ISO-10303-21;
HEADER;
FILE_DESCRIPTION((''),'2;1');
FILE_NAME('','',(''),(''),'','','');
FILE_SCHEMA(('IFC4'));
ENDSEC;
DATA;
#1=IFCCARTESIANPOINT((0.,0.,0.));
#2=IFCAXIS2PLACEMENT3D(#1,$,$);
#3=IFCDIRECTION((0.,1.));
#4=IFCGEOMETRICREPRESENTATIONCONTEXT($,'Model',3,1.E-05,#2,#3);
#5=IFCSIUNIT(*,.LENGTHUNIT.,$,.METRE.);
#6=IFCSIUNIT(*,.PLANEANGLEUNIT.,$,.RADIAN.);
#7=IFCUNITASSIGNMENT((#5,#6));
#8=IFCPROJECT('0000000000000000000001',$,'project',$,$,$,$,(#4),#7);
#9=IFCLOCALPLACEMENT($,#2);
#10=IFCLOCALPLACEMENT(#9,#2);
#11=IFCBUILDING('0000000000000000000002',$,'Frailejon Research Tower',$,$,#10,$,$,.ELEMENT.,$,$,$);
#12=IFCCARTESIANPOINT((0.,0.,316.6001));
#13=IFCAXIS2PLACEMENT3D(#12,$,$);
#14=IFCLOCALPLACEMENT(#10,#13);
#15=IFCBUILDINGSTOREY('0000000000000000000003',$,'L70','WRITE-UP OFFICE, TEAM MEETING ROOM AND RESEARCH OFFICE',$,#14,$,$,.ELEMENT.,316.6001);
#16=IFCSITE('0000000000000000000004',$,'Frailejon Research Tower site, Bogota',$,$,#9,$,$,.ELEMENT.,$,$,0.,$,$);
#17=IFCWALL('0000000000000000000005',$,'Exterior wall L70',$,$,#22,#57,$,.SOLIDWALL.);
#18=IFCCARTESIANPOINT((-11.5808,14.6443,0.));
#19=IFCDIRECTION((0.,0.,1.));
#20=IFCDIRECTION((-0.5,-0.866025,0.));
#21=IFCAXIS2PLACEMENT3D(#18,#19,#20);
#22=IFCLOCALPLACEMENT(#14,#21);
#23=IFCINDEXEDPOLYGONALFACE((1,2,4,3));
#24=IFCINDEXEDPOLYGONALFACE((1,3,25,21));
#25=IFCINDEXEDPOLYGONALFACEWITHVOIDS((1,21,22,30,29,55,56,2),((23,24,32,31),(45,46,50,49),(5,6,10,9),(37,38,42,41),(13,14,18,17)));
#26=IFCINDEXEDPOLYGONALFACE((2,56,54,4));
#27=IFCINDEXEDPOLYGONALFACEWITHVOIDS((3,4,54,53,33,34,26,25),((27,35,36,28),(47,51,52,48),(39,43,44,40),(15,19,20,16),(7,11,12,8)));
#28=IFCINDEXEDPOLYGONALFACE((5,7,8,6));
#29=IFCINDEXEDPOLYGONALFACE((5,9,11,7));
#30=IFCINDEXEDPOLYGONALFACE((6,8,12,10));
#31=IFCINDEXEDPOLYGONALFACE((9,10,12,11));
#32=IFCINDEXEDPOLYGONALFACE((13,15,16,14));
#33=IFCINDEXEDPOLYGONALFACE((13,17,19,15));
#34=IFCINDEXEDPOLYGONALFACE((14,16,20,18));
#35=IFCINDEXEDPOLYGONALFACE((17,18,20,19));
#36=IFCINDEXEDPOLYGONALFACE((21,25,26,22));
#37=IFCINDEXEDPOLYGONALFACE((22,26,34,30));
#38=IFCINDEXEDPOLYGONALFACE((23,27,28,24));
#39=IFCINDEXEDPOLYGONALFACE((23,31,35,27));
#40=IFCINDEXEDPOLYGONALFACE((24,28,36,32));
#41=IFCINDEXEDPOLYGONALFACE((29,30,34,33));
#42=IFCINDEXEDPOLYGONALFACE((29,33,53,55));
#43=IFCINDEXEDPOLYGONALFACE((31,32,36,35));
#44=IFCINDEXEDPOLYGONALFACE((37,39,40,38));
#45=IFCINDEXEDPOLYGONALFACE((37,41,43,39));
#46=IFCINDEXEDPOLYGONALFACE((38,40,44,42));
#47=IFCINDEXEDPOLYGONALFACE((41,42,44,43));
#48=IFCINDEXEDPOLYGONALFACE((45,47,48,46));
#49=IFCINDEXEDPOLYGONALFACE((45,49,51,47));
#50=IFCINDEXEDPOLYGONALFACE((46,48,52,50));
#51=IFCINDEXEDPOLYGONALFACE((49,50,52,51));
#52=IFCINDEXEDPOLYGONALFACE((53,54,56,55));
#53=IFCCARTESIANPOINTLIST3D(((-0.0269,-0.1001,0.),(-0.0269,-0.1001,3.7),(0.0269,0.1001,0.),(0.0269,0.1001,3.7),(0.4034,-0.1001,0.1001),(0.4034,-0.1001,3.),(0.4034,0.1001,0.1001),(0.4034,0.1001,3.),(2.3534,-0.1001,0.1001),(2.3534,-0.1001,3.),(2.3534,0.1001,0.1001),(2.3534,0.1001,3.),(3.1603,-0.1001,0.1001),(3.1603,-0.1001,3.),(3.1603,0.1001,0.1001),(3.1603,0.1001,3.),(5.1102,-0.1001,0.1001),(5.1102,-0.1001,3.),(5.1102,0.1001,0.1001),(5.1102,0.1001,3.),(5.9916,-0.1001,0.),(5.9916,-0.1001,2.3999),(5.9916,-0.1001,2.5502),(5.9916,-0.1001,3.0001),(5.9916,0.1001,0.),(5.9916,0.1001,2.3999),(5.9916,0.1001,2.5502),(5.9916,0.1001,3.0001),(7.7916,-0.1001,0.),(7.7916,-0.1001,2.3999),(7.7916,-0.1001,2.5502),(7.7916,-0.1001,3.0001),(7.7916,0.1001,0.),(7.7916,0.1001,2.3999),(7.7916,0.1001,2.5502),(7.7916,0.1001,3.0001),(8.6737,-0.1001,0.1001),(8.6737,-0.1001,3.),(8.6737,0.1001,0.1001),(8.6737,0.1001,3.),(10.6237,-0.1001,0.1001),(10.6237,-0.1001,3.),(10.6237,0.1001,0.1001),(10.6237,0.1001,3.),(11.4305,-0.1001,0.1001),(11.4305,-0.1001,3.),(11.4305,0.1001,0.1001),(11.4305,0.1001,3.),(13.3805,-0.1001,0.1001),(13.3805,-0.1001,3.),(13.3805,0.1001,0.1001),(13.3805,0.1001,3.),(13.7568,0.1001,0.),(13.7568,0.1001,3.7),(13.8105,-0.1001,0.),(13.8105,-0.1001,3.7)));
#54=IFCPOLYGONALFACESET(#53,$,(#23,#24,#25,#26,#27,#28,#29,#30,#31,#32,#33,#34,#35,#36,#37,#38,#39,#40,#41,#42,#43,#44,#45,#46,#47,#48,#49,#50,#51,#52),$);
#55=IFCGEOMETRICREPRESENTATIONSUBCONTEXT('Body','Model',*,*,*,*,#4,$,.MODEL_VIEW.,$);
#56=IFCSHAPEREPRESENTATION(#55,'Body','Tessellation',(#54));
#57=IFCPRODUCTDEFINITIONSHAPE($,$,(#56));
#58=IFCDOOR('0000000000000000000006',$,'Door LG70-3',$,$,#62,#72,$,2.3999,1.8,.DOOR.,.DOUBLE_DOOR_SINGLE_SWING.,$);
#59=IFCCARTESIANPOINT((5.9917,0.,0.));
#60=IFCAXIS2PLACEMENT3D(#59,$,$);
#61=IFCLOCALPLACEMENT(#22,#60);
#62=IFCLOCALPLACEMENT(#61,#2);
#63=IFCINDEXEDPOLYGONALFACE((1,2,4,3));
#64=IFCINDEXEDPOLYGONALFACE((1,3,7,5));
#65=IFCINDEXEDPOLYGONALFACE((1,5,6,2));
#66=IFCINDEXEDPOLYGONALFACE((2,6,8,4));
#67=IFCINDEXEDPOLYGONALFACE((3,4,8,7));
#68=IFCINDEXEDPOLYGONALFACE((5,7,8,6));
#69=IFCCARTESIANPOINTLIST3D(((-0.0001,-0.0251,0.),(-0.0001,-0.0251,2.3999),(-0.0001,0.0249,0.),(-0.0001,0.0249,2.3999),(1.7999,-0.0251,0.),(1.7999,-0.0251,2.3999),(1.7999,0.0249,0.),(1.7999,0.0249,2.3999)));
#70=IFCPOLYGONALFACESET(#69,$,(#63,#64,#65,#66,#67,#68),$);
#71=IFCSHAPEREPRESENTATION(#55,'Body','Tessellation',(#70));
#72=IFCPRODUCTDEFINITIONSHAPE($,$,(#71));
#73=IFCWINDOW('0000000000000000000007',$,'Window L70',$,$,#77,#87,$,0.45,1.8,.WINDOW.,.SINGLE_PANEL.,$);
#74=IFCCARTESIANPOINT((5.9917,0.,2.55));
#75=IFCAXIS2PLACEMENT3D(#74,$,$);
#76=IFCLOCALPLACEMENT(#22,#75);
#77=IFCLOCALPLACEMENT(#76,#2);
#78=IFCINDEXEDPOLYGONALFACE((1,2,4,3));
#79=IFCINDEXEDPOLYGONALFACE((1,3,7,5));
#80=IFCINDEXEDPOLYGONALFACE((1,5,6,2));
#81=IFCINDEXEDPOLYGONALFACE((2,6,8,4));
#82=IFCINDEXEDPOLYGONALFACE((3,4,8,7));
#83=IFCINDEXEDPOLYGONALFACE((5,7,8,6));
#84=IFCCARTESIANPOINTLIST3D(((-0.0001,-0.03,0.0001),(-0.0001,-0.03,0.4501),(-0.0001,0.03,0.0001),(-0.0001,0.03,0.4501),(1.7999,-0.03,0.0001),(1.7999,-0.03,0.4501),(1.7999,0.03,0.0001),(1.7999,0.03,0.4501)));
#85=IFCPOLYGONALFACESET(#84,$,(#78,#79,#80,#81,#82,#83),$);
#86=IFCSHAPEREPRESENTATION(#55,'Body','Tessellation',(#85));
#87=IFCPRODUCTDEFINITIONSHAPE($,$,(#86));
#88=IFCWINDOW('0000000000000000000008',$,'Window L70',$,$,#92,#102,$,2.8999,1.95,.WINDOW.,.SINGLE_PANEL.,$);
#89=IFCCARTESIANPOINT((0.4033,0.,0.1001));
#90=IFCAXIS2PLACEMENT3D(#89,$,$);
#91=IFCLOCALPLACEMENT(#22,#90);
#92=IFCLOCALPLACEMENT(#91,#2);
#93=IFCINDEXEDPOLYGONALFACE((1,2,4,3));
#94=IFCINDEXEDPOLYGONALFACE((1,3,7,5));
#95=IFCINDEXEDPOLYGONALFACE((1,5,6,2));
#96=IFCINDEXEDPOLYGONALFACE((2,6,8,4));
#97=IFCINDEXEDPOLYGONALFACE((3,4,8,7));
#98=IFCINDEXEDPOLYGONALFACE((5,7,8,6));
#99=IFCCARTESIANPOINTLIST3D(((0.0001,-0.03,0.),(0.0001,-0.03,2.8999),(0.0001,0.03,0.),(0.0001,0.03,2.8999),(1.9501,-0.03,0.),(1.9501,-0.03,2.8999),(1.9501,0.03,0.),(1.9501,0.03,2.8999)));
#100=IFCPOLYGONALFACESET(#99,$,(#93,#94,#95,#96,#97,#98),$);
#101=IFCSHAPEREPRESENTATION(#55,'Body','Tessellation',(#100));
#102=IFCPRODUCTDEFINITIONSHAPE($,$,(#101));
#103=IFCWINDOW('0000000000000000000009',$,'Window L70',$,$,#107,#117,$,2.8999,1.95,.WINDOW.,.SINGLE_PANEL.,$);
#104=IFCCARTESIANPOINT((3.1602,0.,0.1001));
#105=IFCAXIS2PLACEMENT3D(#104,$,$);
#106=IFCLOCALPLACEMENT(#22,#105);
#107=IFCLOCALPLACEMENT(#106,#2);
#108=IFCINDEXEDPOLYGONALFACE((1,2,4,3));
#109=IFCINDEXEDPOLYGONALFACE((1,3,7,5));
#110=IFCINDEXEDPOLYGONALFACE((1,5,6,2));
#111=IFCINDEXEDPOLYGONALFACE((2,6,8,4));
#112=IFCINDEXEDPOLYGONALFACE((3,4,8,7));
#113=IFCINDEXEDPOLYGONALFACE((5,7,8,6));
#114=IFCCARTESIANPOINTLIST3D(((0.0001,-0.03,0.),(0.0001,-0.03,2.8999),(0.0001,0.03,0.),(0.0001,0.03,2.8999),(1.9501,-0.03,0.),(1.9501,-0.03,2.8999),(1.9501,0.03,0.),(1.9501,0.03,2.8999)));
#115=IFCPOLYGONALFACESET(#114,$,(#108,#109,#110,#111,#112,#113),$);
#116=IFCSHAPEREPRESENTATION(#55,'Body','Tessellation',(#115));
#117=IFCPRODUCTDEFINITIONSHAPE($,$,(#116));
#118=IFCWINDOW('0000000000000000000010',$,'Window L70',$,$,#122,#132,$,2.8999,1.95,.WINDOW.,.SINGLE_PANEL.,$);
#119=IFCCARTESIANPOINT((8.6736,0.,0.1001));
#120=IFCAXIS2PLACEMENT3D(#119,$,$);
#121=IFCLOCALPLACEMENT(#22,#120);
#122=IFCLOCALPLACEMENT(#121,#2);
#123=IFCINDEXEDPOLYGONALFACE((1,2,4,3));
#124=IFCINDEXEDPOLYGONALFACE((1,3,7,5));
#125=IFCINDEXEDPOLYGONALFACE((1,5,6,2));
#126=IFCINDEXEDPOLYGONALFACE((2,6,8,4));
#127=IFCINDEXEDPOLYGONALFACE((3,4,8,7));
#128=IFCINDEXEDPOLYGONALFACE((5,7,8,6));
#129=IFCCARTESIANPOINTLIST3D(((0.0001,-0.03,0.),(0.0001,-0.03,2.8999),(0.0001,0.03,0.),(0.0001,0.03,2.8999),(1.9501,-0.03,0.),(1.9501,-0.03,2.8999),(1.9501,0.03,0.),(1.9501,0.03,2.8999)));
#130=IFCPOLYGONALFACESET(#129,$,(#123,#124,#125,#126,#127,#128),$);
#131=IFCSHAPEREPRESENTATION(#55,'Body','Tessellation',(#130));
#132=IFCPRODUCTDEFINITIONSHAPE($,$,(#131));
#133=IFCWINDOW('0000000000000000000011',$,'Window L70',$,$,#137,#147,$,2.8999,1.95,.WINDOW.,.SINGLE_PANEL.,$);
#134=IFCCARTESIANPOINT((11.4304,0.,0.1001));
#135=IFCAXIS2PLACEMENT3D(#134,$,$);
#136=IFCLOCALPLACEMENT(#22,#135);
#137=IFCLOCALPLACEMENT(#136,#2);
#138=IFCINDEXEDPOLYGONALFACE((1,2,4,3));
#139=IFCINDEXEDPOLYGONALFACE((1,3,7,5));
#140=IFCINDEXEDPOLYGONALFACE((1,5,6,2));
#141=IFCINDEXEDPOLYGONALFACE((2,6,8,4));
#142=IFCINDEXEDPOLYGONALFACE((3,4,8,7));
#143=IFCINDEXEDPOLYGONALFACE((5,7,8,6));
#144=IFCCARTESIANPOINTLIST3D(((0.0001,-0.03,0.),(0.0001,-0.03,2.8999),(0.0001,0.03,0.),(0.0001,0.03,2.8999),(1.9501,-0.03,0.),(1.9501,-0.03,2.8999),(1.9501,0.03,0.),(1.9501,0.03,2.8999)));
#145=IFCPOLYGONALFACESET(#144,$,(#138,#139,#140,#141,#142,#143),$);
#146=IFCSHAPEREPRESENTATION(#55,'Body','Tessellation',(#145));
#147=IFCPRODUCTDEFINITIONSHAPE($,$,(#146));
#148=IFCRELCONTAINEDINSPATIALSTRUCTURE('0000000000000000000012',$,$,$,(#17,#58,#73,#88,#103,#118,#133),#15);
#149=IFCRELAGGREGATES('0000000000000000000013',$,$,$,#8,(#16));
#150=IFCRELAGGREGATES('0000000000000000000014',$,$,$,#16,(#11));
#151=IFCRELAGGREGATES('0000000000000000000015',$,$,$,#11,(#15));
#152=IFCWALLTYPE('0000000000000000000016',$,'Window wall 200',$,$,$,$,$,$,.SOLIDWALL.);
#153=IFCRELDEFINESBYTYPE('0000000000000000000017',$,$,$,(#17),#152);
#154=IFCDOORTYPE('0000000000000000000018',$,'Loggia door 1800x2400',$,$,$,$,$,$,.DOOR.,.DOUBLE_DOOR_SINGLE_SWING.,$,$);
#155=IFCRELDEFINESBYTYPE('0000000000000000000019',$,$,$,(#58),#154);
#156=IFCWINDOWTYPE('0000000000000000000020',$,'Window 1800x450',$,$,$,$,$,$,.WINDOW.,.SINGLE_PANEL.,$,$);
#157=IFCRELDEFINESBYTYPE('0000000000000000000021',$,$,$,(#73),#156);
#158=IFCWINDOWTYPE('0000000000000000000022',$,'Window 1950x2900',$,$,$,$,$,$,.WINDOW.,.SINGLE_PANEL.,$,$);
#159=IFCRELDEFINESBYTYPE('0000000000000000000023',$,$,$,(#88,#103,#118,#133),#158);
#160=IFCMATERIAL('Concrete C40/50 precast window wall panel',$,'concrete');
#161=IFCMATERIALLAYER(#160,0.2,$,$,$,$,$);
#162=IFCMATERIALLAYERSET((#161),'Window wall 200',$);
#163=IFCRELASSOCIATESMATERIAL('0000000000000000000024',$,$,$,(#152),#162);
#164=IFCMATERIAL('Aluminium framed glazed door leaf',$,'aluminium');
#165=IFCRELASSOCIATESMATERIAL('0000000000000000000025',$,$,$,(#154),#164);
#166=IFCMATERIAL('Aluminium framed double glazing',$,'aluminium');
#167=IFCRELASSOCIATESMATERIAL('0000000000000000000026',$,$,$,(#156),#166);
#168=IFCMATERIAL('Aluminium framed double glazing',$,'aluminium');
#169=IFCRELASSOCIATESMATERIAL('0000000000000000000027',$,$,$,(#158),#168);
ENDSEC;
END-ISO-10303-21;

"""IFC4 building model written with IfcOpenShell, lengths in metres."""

from ifc_helpers import new_model, si_unit, direction, frame, frame_2d, origin, place, context, subcontext, project, spatial, polyline, rectangle, outline, extrude, material, layer, layer_set, type_object, element, fill, save


model = new_model("IFC4")

# Units and contexts
model_context = context("Model", 3, precision=1e-05, world=origin(), true_north=direction((0.0, 1.0)))
body_context = subcontext(model_context, "Body", "Model", "MODEL_VIEW")
ifc_project = project(units=[si_unit("LENGTHUNIT", "METRE"), si_unit("PLANEANGLEUNIT", "RADIAN")], contexts=[model_context])

# Site, building, storey
site_placement = place(None, origin())
site = spatial("IfcSite", under=ifc_project, at=site_placement, Name="Frailejon Research Tower site, Bogota", CompositionType="ELEMENT", RefElevation=0.0)
building_placement = place(site_placement, origin())
building = spatial("IfcBuilding", under=site, at=building_placement, Name="Frailejon Research Tower", CompositionType="ELEMENT")
storey_placement = place(building_placement, frame((0.0, 0.0, 316.6001)))
storey = spatial("IfcBuildingStorey", under=building, at=storey_placement, Name="L70", Description="WRITE-UP OFFICE, TEAM MEETING ROOM AND RESEARCH OFFICE", CompositionType="ELEMENT", Elevation=316.6001)

# Wall, openings, door, windows
ifc_material_1 = material(Name="Concrete C40/50 precast window wall panel", Category="concrete")
ifc_layer_1 = layer(ifc_material_1, 0.2)
ifc_layer_set_1 = layer_set([ifc_layer_1], Name="Window wall 200")
wall_type_1 = type_object("IfcWallType", Name="Window wall 200", PredefinedType="SOLIDWALL", material=ifc_layer_set_1)
wall_1_placement = place(storey_placement, frame((-11.5808, 14.6443, 0.0), z_axis=(0.0, 0.0, 1.0), x_axis=(-0.5, -0.866025, 0.0)))
wall_1 = element("IfcWall", 1, at=wall_1_placement, inside=storey, type_object=wall_type_1, Name="Exterior wall L70", PredefinedType="SOLIDWALL", context=body_context, shape_type="SweptSolid", body=[
    extrude(outline(polyline([(-0.0269, -0.1001), (1.0376, -0.1001), (2.1021, -0.1001), (3.1665, -0.1001), (4.2307, -0.1001), (5.2952, -0.1001), (6.3596, -0.1001), (7.4241, -0.1001), (8.4885, -0.1001), (9.553, -0.1001), (10.6172, -0.1001), (11.6816, -0.1001), (12.7461, -0.1001), (13.8105, -0.1001), (13.7568, 0.1001), (12.7007, 0.1001), (11.6445, 0.1001), (10.5884, 0.1001), (9.5322, 0.1001), (8.4761, 0.1001), (7.4199, 0.1001), (6.3638, 0.1001), (5.3076, 0.1001), (4.2515, 0.1001), (3.1953, 0.1001), (2.1392, 0.1001), (1.083, 0.1001), (0.0269, 0.1001), (-0.0269, -0.1001)])), origin(), (0.0, 0.0, 1.0), 3.7),
])
opening_1_placement = place(wall_1_placement, frame((0.4033, 0.0, 0.1001)))
opening_1 = element("IfcOpeningElement", 2, at=opening_1_placement, cuts=wall_1, PredefinedType="OPENING", context=body_context, shape_type="SweptSolid", body=[
    extrude(rectangle(XDim=1.95, YDim=2.8999, at=frame_2d((0.9751, 1.45))), frame((0.0, 0.1099, 0.0), z_axis=(0.0, -1.0, 0.0), x_axis=(1.0, 0.0, 0.0)), (0.0, 0.0, 1.0), 0.22),
])
opening_2_placement = place(wall_1_placement, frame((3.1602, 0.0, 0.1001)))
opening_2 = element("IfcOpeningElement", 3, at=opening_2_placement, cuts=wall_1, PredefinedType="OPENING", context=body_context, shape_type="SweptSolid", body=[
    extrude(rectangle(XDim=1.95, YDim=2.8999, at=frame_2d((0.9751, 1.45))), frame((0.0, 0.1099, 0.0), z_axis=(0.0, -1.0, 0.0), x_axis=(1.0, 0.0, 0.0)), (0.0, 0.0, 1.0), 0.22),
])
opening_3_placement = place(wall_1_placement, frame((5.9917, 0.0, 0.0)))
opening_3 = element("IfcOpeningElement", 4, at=opening_3_placement, cuts=wall_1, PredefinedType="OPENING", context=body_context, shape_type="SweptSolid", body=[
    extrude(rectangle(XDim=1.8, YDim=2.3999, at=frame_2d((0.8999, 1.2))), frame((0.0, 0.1099, 0.0), z_axis=(0.0, -1.0, 0.0), x_axis=(1.0, 0.0, 0.0)), (0.0, 0.0, 1.0), 0.22),
])
opening_4_placement = place(wall_1_placement, frame((5.9917, 0.0, 2.55)))
opening_4 = element("IfcOpeningElement", 5, at=opening_4_placement, cuts=wall_1, PredefinedType="OPENING", context=body_context, shape_type="SweptSolid", body=[
    extrude(rectangle(XDim=1.8, YDim=0.45, at=frame_2d((0.8999, 0.2251))), frame((0.0, 0.1099, 0.0), z_axis=(0.0, -1.0, 0.0), x_axis=(1.0, 0.0, 0.0)), (0.0, 0.0, 1.0), 0.22),
])
opening_5_placement = place(wall_1_placement, frame((8.6736, 0.0, 0.1001)))
opening_5 = element("IfcOpeningElement", 6, at=opening_5_placement, cuts=wall_1, PredefinedType="OPENING", context=body_context, shape_type="SweptSolid", body=[
    extrude(rectangle(XDim=1.95, YDim=2.8999, at=frame_2d((0.9751, 1.45))), frame((0.0, 0.1099, 0.0), z_axis=(0.0, -1.0, 0.0), x_axis=(1.0, 0.0, 0.0)), (0.0, 0.0, 1.0), 0.22),
])
opening_6_placement = place(wall_1_placement, frame((11.4304, 0.0, 0.1001)))
opening_6 = element("IfcOpeningElement", 7, at=opening_6_placement, cuts=wall_1, PredefinedType="OPENING", context=body_context, shape_type="SweptSolid", body=[
    extrude(rectangle(XDim=1.95, YDim=2.8999, at=frame_2d((0.9751, 1.45))), frame((0.0, 0.1099, 0.0), z_axis=(0.0, -1.0, 0.0), x_axis=(1.0, 0.0, 0.0)), (0.0, 0.0, 1.0), 0.22),
])
ifc_material_2 = material(Name="Aluminium framed glazed door leaf", Category="aluminium")
door_type = type_object("IfcDoorType", Name="Loggia door 1800x2400", OperationType="DOUBLE_DOOR_SINGLE_SWING", PredefinedType="DOOR", material=ifc_material_2)
door_placement = place(opening_3_placement, origin())
door = element("IfcDoor", 8, at=door_placement, inside=storey, type_object=door_type, Name="Door LG70-3", OperationType="DOUBLE_DOOR_SINGLE_SWING", OverallHeight=2.3999, OverallWidth=1.8, PredefinedType="DOOR", context=body_context, shape_type="SweptSolid", body=[
    extrude(rectangle(XDim=1.8, YDim=2.3999, at=frame_2d((0.8999, 1.2))), frame((0.0, 0.0249, 0.0), z_axis=(0.0, -1.0, 0.0), x_axis=(1.0, 0.0, 0.0)), (0.0, 0.0, 1.0), 0.05),
])
fill(opening_3, door)
ifc_material_3 = material(Name="Aluminium framed double glazing", Category="aluminium")
window_type_1 = type_object("IfcWindowType", Name="Window 1800x450", PartitioningType="SINGLE_PANEL", PredefinedType="WINDOW", material=ifc_material_3)
window_1_placement = place(opening_4_placement, origin())
window_1 = element("IfcWindow", 9, at=window_1_placement, inside=storey, type_object=window_type_1, Name="Window L70", OverallHeight=0.45, OverallWidth=1.8, PartitioningType="SINGLE_PANEL", PredefinedType="WINDOW", context=body_context, shape_type="SweptSolid", body=[
    extrude(rectangle(XDim=1.8, YDim=0.45, at=frame_2d((0.8999, 0.2251))), frame((0.0, 0.03, 0.0), z_axis=(0.0, -1.0, 0.0), x_axis=(1.0, 0.0, 0.0)), (0.0, 0.0, 1.0), 0.0601),
])
fill(opening_4, window_1)
ifc_material_4 = material(Name="Aluminium framed double glazing", Category="aluminium")
window_type_2 = type_object("IfcWindowType", Name="Window 1950x2900", PartitioningType="SINGLE_PANEL", PredefinedType="WINDOW", material=ifc_material_4)
window_2_placement = place(opening_1_placement, origin())
window_2 = element("IfcWindow", 10, at=window_2_placement, inside=storey, type_object=window_type_2, Name="Window L70", OverallHeight=2.8999, OverallWidth=1.95, PartitioningType="SINGLE_PANEL", PredefinedType="WINDOW", context=body_context, shape_type="SweptSolid", body=[
    extrude(rectangle(XDim=1.95, YDim=2.8999, at=frame_2d((0.9751, 1.45))), frame((0.0, 0.03, 0.0), z_axis=(0.0, -1.0, 0.0), x_axis=(1.0, 0.0, 0.0)), (0.0, 0.0, 1.0), 0.0601),
])
fill(opening_1, window_2)
window_3_placement = place(opening_2_placement, origin())
window_3 = element("IfcWindow", 11, at=window_3_placement, inside=storey, type_object=window_type_2, Name="Window L70", OverallHeight=2.8999, OverallWidth=1.95, PartitioningType="SINGLE_PANEL", PredefinedType="WINDOW", context=body_context, shape_type="SweptSolid", body=[
    extrude(rectangle(XDim=1.95, YDim=2.8999, at=frame_2d((0.9751, 1.45))), frame((0.0, 0.03, 0.0), z_axis=(0.0, -1.0, 0.0), x_axis=(1.0, 0.0, 0.0)), (0.0, 0.0, 1.0), 0.0601),
])
fill(opening_2, window_3)
window_4_placement = place(opening_5_placement, origin())
window_4 = element("IfcWindow", 12, at=window_4_placement, inside=storey, type_object=window_type_2, Name="Window L70", OverallHeight=2.8999, OverallWidth=1.95, PartitioningType="SINGLE_PANEL", PredefinedType="WINDOW", context=body_context, shape_type="SweptSolid", body=[
    extrude(rectangle(XDim=1.95, YDim=2.8999, at=frame_2d((0.9751, 1.45))), frame((0.0, 0.03, 0.0), z_axis=(0.0, -1.0, 0.0), x_axis=(1.0, 0.0, 0.0)), (0.0, 0.0, 1.0), 0.0601),
])
fill(opening_5, window_4)
window_5_placement = place(opening_6_placement, origin())
window_5 = element("IfcWindow", 13, at=window_5_placement, inside=storey, type_object=window_type_2, Name="Window L70", OverallHeight=2.8999, OverallWidth=1.95, PartitioningType="SINGLE_PANEL", PredefinedType="WINDOW", context=body_context, shape_type="SweptSolid", body=[
    extrude(rectangle(XDim=1.95, YDim=2.8999, at=frame_2d((0.9751, 1.45))), frame((0.0, 0.03, 0.0), z_axis=(0.0, -1.0, 0.0), x_axis=(1.0, 0.0, 0.0)), (0.0, 0.0, 1.0), 0.0601),
])
fill(opening_6, window_5)

save(model, "model.ifc")
